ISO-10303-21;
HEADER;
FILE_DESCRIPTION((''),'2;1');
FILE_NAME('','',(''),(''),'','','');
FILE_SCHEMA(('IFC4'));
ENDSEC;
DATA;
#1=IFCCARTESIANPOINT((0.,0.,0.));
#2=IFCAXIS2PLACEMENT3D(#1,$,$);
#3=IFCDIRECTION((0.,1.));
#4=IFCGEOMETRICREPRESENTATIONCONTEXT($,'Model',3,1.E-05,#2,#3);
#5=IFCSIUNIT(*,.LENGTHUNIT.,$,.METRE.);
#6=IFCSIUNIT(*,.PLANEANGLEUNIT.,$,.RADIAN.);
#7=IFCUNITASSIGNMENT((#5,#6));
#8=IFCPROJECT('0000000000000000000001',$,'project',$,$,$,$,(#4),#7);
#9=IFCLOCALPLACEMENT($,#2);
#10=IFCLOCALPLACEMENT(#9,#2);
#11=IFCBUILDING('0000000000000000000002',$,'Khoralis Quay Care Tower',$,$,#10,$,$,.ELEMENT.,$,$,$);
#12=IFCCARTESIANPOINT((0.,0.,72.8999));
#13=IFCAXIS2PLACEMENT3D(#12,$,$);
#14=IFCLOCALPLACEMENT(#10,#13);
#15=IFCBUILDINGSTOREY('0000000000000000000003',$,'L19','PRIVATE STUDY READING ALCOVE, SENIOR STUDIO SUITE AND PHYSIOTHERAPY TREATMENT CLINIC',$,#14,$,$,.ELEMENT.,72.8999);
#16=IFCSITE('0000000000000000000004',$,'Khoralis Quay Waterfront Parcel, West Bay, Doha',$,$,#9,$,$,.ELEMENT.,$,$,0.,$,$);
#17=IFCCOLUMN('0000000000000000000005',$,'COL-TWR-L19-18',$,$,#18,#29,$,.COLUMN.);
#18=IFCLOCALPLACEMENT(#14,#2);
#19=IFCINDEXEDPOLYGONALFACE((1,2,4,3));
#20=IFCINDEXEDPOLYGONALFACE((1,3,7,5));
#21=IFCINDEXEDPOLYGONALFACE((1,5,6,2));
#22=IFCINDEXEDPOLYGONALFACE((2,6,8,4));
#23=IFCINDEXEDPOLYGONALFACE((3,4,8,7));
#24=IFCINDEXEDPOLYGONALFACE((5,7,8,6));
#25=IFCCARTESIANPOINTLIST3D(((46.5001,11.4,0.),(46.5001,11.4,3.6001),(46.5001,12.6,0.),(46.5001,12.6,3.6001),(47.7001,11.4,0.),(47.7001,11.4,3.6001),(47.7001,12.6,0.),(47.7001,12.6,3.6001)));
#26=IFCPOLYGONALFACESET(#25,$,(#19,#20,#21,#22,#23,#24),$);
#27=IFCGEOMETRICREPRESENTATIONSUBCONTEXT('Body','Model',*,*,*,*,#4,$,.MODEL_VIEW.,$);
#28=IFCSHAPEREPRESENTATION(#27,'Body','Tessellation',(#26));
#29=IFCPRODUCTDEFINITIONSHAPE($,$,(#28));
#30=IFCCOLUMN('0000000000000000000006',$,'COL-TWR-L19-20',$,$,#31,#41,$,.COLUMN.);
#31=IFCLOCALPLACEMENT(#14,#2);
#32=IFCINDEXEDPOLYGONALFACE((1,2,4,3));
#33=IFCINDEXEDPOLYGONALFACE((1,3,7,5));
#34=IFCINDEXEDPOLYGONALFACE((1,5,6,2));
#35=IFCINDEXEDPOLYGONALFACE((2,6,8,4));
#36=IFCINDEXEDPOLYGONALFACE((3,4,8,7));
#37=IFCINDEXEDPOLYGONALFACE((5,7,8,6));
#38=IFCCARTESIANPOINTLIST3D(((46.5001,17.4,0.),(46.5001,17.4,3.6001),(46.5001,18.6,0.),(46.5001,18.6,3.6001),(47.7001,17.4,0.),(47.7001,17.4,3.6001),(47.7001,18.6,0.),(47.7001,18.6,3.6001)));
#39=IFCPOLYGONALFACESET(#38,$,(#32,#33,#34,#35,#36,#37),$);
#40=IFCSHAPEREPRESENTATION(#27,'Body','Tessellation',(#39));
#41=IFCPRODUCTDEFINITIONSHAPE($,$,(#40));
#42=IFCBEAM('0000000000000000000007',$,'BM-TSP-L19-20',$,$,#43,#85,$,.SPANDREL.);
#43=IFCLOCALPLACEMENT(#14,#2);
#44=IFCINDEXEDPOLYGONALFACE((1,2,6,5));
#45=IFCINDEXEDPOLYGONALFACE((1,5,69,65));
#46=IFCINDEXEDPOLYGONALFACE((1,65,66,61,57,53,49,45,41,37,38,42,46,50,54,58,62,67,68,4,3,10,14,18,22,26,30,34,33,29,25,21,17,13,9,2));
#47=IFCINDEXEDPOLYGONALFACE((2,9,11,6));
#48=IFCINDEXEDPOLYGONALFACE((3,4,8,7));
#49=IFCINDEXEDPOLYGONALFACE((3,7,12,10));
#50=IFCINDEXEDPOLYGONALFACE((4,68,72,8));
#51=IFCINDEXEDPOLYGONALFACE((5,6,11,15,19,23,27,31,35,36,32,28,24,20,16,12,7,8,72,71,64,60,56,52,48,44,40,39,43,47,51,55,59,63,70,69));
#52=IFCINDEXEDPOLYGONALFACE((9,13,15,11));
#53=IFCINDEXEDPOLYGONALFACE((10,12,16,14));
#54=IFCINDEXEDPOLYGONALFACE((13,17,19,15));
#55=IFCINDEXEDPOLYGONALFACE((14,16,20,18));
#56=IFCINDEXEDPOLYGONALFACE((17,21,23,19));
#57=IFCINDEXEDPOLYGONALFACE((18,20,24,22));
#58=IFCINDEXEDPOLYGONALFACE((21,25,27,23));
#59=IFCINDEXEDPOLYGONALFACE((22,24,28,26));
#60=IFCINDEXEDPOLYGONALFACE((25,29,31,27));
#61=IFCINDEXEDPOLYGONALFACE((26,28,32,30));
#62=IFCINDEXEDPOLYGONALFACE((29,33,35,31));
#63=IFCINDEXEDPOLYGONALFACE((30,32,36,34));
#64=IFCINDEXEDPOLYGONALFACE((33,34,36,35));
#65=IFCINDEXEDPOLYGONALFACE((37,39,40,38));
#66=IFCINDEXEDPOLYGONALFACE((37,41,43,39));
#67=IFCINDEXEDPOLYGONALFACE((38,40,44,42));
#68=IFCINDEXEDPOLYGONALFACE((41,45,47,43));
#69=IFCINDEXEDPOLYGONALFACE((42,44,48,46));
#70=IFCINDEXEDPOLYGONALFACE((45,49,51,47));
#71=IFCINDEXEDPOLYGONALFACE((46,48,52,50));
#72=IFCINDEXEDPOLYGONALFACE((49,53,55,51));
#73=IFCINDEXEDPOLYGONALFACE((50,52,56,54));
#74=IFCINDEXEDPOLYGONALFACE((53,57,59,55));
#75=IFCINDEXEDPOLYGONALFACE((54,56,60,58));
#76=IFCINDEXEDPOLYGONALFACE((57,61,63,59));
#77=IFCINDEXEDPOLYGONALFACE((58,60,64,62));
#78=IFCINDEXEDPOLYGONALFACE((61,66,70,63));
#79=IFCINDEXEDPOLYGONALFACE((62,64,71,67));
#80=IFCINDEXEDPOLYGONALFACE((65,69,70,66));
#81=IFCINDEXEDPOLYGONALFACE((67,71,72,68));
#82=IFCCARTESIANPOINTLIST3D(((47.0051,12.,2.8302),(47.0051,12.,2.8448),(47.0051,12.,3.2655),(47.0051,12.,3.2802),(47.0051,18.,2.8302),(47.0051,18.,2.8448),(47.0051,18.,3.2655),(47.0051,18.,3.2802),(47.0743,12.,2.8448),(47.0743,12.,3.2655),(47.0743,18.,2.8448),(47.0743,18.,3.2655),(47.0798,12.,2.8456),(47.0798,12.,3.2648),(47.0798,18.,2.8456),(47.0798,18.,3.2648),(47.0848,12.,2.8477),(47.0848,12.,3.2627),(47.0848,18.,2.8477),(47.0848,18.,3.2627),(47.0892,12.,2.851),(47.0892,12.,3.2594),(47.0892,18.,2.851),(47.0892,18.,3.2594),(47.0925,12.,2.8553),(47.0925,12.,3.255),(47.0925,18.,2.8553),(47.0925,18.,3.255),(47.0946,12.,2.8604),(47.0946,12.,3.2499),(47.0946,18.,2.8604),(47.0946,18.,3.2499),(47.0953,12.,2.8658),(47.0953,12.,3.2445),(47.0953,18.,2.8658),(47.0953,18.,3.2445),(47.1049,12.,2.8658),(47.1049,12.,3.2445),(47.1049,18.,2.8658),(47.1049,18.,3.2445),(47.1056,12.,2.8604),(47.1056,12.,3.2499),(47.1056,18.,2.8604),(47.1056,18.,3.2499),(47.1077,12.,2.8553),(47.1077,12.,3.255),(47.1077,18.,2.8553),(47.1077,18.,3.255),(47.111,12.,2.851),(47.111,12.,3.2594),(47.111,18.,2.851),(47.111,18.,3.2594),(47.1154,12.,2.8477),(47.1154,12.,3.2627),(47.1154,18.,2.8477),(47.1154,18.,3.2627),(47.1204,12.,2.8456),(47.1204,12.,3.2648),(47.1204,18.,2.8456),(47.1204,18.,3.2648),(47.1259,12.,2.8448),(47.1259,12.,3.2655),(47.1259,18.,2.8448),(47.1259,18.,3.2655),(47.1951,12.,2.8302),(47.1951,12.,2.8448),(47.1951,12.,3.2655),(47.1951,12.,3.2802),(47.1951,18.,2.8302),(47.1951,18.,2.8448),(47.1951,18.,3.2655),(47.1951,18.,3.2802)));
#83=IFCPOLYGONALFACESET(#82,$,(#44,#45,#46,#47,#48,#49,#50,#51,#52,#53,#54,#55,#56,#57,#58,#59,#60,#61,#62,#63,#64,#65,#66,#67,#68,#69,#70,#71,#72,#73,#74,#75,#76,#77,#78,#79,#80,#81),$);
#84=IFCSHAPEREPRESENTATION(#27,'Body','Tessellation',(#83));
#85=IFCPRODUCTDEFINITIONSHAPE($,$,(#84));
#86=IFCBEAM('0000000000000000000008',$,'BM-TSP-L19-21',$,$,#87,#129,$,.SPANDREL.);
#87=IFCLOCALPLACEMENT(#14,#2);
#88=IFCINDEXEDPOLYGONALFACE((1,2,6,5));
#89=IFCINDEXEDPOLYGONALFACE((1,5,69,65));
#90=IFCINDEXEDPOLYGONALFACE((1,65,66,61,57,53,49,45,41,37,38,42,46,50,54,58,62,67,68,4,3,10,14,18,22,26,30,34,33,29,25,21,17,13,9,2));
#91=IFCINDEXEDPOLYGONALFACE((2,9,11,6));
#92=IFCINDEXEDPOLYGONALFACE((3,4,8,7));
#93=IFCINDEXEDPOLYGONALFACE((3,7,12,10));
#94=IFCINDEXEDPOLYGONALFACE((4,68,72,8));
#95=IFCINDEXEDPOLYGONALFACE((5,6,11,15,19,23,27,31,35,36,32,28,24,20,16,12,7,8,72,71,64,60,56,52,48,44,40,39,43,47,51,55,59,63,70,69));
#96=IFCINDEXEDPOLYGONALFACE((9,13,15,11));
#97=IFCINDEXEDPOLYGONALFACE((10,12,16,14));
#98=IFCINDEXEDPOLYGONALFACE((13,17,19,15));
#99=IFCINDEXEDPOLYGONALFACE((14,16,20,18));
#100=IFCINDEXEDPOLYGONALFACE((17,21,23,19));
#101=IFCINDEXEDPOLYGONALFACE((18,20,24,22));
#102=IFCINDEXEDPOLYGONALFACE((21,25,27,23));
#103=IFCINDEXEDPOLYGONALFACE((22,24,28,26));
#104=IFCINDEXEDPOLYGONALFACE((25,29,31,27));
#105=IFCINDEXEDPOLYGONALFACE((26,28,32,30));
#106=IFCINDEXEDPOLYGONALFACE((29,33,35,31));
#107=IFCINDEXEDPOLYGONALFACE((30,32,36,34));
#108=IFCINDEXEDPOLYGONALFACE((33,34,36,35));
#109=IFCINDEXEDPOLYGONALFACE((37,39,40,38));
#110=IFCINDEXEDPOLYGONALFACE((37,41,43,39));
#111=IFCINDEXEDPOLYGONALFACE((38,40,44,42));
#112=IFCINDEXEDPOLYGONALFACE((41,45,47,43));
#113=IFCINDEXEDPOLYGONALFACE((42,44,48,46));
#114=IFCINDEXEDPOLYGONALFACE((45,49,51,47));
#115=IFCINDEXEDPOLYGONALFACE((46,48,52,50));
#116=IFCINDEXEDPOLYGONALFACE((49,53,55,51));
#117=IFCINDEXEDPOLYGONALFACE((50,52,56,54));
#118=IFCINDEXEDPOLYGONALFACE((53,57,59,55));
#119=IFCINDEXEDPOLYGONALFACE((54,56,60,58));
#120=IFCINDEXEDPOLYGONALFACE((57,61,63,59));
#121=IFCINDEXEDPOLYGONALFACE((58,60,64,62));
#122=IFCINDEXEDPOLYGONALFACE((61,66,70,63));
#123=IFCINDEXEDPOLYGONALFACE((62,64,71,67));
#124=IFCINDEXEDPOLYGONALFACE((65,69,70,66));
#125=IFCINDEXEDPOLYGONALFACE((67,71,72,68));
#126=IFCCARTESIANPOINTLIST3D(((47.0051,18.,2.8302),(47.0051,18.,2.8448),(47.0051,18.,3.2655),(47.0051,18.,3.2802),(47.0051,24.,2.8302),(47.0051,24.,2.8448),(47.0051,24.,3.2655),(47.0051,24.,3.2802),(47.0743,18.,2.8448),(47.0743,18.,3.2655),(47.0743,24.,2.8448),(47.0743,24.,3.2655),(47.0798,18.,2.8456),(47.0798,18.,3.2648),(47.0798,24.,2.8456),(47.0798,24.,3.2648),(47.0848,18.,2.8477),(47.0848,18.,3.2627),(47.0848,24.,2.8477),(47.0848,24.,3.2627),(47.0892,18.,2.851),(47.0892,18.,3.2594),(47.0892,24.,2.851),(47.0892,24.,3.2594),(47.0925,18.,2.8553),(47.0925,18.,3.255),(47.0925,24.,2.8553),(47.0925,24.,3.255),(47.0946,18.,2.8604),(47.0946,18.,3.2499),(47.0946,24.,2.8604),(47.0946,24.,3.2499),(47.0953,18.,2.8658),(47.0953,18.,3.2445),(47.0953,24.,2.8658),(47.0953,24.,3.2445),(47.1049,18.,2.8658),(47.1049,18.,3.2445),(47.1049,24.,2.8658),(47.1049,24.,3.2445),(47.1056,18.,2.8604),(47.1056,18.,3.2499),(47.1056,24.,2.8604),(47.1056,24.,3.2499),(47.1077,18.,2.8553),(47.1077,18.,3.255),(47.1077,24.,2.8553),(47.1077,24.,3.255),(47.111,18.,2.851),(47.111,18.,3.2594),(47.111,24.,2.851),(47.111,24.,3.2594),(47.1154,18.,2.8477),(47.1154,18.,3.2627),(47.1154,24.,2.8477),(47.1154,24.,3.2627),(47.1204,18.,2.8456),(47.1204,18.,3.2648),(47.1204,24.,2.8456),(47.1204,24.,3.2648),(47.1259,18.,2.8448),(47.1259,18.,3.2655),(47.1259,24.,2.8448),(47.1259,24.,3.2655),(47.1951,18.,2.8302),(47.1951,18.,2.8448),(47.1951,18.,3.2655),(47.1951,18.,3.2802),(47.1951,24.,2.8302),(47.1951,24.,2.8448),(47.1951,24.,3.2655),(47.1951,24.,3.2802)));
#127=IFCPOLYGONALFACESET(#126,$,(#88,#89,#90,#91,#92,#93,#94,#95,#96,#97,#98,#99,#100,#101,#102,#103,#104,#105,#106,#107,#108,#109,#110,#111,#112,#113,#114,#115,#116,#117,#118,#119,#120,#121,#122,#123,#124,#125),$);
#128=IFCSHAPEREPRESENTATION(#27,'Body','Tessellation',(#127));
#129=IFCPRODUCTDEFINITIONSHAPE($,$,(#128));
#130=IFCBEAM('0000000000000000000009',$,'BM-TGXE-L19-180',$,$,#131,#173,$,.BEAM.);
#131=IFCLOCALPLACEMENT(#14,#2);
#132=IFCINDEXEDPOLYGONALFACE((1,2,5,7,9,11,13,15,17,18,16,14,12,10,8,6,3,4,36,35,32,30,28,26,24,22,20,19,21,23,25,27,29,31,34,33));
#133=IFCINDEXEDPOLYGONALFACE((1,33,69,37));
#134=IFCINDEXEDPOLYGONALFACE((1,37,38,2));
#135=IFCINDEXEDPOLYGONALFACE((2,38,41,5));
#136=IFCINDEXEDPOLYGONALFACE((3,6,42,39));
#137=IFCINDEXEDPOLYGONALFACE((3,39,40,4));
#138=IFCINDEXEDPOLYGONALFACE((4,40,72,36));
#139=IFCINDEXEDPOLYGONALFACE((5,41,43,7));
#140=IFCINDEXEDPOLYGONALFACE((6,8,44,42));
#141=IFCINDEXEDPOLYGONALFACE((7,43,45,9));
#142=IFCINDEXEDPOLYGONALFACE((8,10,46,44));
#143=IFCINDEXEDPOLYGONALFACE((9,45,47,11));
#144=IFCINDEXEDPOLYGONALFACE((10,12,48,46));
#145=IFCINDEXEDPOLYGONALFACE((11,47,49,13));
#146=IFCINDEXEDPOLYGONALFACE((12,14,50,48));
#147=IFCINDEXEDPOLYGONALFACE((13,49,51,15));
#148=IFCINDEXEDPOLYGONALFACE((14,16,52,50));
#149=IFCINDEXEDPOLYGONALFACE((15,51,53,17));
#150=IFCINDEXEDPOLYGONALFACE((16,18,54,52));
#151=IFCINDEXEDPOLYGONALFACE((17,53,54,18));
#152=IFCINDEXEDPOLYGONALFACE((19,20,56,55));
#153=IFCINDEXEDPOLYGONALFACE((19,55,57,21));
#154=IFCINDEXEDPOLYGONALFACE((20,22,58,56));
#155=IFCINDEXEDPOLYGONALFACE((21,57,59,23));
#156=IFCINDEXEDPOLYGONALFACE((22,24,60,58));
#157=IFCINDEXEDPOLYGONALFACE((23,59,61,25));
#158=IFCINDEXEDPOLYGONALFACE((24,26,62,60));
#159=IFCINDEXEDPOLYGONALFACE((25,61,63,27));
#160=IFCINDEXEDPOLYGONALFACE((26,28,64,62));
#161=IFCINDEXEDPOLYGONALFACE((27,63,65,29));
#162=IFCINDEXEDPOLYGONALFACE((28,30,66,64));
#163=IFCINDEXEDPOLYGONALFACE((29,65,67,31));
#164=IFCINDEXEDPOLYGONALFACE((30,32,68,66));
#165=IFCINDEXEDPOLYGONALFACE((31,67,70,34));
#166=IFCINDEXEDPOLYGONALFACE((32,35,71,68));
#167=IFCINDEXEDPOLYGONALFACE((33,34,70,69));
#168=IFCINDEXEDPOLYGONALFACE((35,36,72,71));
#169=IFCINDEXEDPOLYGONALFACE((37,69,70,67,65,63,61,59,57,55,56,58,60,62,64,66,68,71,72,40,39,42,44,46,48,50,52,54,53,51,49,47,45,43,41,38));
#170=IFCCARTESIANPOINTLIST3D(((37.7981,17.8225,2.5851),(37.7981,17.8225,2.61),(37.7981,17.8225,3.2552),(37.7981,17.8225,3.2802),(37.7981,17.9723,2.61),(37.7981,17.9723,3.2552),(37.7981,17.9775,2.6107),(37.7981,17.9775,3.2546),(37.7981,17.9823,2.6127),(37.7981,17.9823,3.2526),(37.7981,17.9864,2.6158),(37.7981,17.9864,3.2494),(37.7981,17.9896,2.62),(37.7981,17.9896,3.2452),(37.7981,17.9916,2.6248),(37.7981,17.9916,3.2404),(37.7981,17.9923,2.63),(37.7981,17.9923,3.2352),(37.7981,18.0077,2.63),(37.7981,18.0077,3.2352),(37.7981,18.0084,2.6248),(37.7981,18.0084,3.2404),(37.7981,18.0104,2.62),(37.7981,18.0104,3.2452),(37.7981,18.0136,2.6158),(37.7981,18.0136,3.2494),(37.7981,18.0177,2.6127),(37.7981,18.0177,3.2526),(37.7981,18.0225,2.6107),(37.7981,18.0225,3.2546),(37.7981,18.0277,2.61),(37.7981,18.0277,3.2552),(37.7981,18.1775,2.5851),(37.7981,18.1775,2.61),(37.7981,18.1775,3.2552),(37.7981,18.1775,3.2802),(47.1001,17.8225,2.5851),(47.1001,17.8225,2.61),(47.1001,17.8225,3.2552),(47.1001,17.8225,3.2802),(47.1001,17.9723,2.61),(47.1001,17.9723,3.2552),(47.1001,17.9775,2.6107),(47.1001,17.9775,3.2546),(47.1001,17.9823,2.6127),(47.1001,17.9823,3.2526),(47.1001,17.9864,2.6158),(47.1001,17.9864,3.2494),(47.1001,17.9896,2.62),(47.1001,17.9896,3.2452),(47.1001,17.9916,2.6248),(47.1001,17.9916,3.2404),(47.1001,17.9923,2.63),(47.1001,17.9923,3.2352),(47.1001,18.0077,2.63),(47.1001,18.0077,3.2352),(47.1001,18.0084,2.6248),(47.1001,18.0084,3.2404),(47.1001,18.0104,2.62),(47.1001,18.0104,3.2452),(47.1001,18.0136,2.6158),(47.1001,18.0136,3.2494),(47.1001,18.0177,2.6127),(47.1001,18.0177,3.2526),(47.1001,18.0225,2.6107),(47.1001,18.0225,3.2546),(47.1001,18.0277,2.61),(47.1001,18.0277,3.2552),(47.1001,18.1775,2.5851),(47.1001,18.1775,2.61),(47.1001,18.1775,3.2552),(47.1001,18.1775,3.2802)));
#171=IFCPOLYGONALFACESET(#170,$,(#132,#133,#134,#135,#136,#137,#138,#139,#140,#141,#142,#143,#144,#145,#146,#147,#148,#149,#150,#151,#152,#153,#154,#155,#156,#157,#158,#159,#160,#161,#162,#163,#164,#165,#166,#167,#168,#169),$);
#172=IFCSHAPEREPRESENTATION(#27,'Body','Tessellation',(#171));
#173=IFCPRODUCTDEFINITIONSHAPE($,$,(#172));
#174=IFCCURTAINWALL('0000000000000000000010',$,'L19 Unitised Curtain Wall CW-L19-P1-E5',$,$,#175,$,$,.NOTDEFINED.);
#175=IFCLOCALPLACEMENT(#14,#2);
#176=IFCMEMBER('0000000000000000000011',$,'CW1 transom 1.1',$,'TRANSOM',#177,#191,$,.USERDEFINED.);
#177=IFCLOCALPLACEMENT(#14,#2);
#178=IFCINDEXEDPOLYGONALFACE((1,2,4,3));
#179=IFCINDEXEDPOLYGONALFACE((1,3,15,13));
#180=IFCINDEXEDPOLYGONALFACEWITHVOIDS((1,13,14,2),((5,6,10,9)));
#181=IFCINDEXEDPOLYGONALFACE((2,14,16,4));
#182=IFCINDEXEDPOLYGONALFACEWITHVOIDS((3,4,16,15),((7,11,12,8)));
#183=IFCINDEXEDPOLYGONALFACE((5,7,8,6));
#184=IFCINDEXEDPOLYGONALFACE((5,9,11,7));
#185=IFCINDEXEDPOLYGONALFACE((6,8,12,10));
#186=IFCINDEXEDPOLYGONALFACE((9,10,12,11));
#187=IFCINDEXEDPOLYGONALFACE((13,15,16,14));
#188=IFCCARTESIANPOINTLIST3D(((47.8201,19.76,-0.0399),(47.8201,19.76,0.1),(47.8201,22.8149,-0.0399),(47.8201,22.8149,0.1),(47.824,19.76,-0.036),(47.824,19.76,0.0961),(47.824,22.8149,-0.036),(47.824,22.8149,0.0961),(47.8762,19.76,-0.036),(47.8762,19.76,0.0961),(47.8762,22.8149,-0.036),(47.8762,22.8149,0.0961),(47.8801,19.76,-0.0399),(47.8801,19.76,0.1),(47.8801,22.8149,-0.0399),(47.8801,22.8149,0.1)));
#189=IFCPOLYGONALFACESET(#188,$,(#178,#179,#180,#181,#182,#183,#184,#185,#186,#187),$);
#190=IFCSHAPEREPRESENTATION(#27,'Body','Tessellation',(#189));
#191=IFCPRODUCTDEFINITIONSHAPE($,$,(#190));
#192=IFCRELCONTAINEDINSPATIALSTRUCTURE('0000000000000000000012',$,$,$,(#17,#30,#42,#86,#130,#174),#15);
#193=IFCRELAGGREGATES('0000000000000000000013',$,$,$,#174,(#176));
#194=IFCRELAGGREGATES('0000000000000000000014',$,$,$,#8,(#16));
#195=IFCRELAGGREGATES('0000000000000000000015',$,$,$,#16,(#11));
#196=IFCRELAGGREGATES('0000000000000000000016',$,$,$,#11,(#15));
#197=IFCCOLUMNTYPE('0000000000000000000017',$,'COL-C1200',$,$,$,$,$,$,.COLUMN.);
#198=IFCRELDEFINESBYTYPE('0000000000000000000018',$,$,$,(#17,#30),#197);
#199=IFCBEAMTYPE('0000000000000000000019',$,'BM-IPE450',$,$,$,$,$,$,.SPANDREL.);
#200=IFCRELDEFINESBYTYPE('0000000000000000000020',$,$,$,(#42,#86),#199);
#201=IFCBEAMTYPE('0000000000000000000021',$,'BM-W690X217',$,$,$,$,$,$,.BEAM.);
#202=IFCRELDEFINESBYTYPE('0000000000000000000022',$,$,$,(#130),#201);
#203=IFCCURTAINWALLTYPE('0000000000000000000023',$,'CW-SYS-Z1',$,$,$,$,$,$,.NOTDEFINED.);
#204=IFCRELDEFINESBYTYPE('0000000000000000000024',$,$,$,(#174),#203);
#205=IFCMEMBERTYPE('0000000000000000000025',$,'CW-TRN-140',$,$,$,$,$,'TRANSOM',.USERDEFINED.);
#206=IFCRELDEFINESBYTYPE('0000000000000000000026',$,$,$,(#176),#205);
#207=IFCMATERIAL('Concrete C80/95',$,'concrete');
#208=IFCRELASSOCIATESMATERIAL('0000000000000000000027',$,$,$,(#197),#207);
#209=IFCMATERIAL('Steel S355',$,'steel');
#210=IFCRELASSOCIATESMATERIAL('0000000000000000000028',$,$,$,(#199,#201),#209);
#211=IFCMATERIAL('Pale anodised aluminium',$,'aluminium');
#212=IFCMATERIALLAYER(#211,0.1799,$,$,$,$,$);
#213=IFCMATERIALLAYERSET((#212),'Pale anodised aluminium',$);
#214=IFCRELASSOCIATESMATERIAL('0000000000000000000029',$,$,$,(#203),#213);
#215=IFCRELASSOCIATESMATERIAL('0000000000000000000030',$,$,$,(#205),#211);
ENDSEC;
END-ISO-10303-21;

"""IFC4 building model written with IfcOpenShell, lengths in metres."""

from ifc_helpers import new_model, si_unit, direction, frame, origin, origin_2d, place, context, subcontext, project, spatial, rectangle, hollow_rectangle, i_section, extrude, source, transform, mapped, material, layer, layer_set, material_profile, profile_set, type_object, element, aggregate, save


model = new_model("IFC4")

# Units and contexts
model_context = context("Model", 3, precision=1e-05, world=origin(), true_north=direction((0.0, 1.0)))
body_context = subcontext(model_context, "Body", "Model", "MODEL_VIEW")
ifc_project = project(units=[si_unit("LENGTHUNIT", "METRE"), si_unit("PLANEANGLEUNIT", "RADIAN")], contexts=[model_context])

# Site, building, storey
site_placement = place(None, origin())
site = spatial("IfcSite", under=ifc_project, at=site_placement, Name="Khoralis Quay Waterfront Parcel, West Bay, Doha", CompositionType="ELEMENT", RefElevation=0.0)
building_placement = place(site_placement, origin())
building = spatial("IfcBuilding", under=site, at=building_placement, Name="Khoralis Quay Care Tower", CompositionType="ELEMENT")
storey_placement = place(building_placement, frame((0.0, 0.0, 72.8999)))
storey = spatial("IfcBuildingStorey", under=building, at=storey_placement, Name="L19", Description="PRIVATE STUDY READING ALCOVE, SENIOR STUDIO SUITE AND PHYSIOTHERAPY TREATMENT CLINIC", CompositionType="ELEMENT", Elevation=72.8999)

# Columns
ifc_material_1 = material(Name="Concrete C80/95", Category="concrete")
ifc_material_profile_1 = material_profile(ifc_material_1, rectangle(XDim=1.2, YDim=1.2, at=origin_2d()), Name="Concrete C80/95")
ifc_profile_set_1 = profile_set([ifc_material_profile_1], Name="Concrete C80/95")
column_type = type_object("IfcColumnType", Name="COL-C1200", PredefinedType="COLUMN", material=ifc_profile_set_1)
shared_shape_1 = source(origin(), body_context, "Body", "SweptSolid", [
    extrude(rectangle(XDim=1.2, YDim=1.2, at=origin_2d()), origin(), (0.0, 0.0, 1.0), 3.6001),
])
for number, where, z_axis, x_axis, name in (
    (1, (47.1001, 12.0, 0.0), (0.0, 0.0, 1.0), (1.0, 0.0, 0.0), "COL-TWR-L19-18"),
    (2, (47.1001, 18.0, 0.0), (0.0, 0.0, 1.0), (1.0, 0.0, 0.0), "COL-TWR-L19-20"),
):
    element("IfcColumn", number, at=place(storey_placement, frame(where, z_axis=z_axis, x_axis=x_axis)), inside=storey, type_object=column_type, Name=name, PredefinedType="COLUMN", context=body_context, shape_type="MappedRepresentation", body=[
        mapped(shared_shape_1, transform((0.0, 0.0, 0.0), scale=1.0)),
    ])

# Beams
ifc_material_2 = material(Name="Steel S355", Category="steel")
ifc_material_profile_2 = material_profile(ifc_material_2, i_section(OverallWidth=0.1899, OverallDepth=0.45, WebThickness=0.0095, FlangeThickness=0.0146, FilletRadius=0.021, at=origin_2d()), Name="Steel S355")
ifc_profile_set_2 = profile_set([ifc_material_profile_2], Name="Steel S355")
beam_type_1 = type_object("IfcBeamType", Name="BM-IPE450", PredefinedType="SPANDREL", material=ifc_profile_set_2)
shared_shape_2 = source(origin(), body_context, "Body", "SweptSolid", [
    extrude(i_section(OverallWidth=0.1899, OverallDepth=0.45, WebThickness=0.0095, FlangeThickness=0.0146, FilletRadius=0.021, at=origin_2d()), origin(), (0.0, 0.0, 1.0), 6.0),
])
for number, where, z_axis, x_axis, name in (
    (3, (47.1001, 12.0, 3.0552), (0.0, 1.0, 0.0), (-1.0, 0.0, 0.0), "BM-TSP-L19-20"),
    (4, (47.1001, 18.0, 3.0552), (0.0, 1.0, 0.0), (-1.0, 0.0, 0.0), "BM-TSP-L19-21"),
):
    element("IfcBeam", number, at=place(storey_placement, frame(where, z_axis=z_axis, x_axis=x_axis)), inside=storey, type_object=beam_type_1, Name=name, PredefinedType="SPANDREL", context=body_context, shape_type="MappedRepresentation", body=[
        mapped(shared_shape_2, transform((0.0, 0.0, 0.0), scale=1.0)),
    ])
ifc_material_profile_3 = material_profile(ifc_material_2, i_section(OverallWidth=0.355, OverallDepth=0.6951, WebThickness=0.0154, FlangeThickness=0.0249, FilletRadius=0.02, at=origin_2d()), Name="Steel S355")
ifc_profile_set_3 = profile_set([ifc_material_profile_3], Name="Steel S355")
beam_type_2 = type_object("IfcBeamType", Name="BM-W690X217", PredefinedType="BEAM", material=ifc_profile_set_3)
shared_shape_3 = source(origin(), body_context, "Body", "SweptSolid", [
    extrude(i_section(OverallWidth=0.355, OverallDepth=0.6951, WebThickness=0.0154, FlangeThickness=0.0249, FilletRadius=0.02, at=origin_2d()), origin(), (0.0, 0.0, 1.0), 9.302),
])
beam_placement = place(storey_placement, frame((37.7981, 18.0, 2.9326), z_axis=(1.0, 0.0, 0.0), x_axis=(0.0, 1.0, 0.0)))
element("IfcBeam", 5, at=beam_placement, inside=storey, type_object=beam_type_2, Name="BM-TGXE-L19-180", PredefinedType="BEAM", context=body_context, shape_type="MappedRepresentation", body=[
    mapped(shared_shape_3, transform((0.0, 0.0, 0.0), scale=1.0)),
])

# Curtain wall, member
ifc_material_3 = material(Name="Pale anodised aluminium", Category="aluminium")
ifc_layer_1 = layer(ifc_material_3, 0.1799)
ifc_layer_set_1 = layer_set([ifc_layer_1], Name="Pale anodised aluminium")
curtain_wall_type = type_object("IfcCurtainWallType", Name="CW-SYS-Z1", PredefinedType="NOTDEFINED", material=ifc_layer_set_1)
curtain_wall_placement = place(storey_placement, origin())
curtain_wall = element("IfcCurtainWall", 6, at=curtain_wall_placement, inside=storey, type_object=curtain_wall_type, Name="L19 Unitised Curtain Wall CW-L19-P1-E5", PredefinedType="NOTDEFINED")
ifc_material_profile_4 = material_profile(ifc_material_3, hollow_rectangle(XDim=0.0601, YDim=0.1399, WallThickness=0.0039, at=origin_2d()), Name="Pale anodised aluminium")
ifc_profile_set_4 = profile_set([ifc_material_profile_4], Name="Pale anodised aluminium")
member_type_1 = type_object("IfcMemberType", Name="CW-TRN-140", ElementType="TRANSOM", PredefinedType="USERDEFINED", material=ifc_profile_set_4)
shared_shape_4 = source(origin(), body_context, "Body", "SweptSolid", [
    extrude(hollow_rectangle(XDim=0.0601, YDim=0.1399, WallThickness=0.0039, at=origin_2d()), origin(), (0.0, 0.0, 1.0), 3.0549),
])
member_1_placement = place(storey_placement, frame((47.8501, 19.76, 0.03), z_axis=(0.0, 1.0, 0.0), x_axis=(-1.0, 0.0, 0.0)))
member_1 = element("IfcMember", 7, at=member_1_placement, type_object=member_type_1, Name="CW1 transom 1.1", ObjectType="TRANSOM", PredefinedType="USERDEFINED", context=body_context, shape_type="MappedRepresentation", body=[
    mapped(shared_shape_4, transform((0.0, 0.0, 0.0), scale=1.0)),
])
aggregate(curtain_wall, [member_1])

save(model, "model.ifc")
